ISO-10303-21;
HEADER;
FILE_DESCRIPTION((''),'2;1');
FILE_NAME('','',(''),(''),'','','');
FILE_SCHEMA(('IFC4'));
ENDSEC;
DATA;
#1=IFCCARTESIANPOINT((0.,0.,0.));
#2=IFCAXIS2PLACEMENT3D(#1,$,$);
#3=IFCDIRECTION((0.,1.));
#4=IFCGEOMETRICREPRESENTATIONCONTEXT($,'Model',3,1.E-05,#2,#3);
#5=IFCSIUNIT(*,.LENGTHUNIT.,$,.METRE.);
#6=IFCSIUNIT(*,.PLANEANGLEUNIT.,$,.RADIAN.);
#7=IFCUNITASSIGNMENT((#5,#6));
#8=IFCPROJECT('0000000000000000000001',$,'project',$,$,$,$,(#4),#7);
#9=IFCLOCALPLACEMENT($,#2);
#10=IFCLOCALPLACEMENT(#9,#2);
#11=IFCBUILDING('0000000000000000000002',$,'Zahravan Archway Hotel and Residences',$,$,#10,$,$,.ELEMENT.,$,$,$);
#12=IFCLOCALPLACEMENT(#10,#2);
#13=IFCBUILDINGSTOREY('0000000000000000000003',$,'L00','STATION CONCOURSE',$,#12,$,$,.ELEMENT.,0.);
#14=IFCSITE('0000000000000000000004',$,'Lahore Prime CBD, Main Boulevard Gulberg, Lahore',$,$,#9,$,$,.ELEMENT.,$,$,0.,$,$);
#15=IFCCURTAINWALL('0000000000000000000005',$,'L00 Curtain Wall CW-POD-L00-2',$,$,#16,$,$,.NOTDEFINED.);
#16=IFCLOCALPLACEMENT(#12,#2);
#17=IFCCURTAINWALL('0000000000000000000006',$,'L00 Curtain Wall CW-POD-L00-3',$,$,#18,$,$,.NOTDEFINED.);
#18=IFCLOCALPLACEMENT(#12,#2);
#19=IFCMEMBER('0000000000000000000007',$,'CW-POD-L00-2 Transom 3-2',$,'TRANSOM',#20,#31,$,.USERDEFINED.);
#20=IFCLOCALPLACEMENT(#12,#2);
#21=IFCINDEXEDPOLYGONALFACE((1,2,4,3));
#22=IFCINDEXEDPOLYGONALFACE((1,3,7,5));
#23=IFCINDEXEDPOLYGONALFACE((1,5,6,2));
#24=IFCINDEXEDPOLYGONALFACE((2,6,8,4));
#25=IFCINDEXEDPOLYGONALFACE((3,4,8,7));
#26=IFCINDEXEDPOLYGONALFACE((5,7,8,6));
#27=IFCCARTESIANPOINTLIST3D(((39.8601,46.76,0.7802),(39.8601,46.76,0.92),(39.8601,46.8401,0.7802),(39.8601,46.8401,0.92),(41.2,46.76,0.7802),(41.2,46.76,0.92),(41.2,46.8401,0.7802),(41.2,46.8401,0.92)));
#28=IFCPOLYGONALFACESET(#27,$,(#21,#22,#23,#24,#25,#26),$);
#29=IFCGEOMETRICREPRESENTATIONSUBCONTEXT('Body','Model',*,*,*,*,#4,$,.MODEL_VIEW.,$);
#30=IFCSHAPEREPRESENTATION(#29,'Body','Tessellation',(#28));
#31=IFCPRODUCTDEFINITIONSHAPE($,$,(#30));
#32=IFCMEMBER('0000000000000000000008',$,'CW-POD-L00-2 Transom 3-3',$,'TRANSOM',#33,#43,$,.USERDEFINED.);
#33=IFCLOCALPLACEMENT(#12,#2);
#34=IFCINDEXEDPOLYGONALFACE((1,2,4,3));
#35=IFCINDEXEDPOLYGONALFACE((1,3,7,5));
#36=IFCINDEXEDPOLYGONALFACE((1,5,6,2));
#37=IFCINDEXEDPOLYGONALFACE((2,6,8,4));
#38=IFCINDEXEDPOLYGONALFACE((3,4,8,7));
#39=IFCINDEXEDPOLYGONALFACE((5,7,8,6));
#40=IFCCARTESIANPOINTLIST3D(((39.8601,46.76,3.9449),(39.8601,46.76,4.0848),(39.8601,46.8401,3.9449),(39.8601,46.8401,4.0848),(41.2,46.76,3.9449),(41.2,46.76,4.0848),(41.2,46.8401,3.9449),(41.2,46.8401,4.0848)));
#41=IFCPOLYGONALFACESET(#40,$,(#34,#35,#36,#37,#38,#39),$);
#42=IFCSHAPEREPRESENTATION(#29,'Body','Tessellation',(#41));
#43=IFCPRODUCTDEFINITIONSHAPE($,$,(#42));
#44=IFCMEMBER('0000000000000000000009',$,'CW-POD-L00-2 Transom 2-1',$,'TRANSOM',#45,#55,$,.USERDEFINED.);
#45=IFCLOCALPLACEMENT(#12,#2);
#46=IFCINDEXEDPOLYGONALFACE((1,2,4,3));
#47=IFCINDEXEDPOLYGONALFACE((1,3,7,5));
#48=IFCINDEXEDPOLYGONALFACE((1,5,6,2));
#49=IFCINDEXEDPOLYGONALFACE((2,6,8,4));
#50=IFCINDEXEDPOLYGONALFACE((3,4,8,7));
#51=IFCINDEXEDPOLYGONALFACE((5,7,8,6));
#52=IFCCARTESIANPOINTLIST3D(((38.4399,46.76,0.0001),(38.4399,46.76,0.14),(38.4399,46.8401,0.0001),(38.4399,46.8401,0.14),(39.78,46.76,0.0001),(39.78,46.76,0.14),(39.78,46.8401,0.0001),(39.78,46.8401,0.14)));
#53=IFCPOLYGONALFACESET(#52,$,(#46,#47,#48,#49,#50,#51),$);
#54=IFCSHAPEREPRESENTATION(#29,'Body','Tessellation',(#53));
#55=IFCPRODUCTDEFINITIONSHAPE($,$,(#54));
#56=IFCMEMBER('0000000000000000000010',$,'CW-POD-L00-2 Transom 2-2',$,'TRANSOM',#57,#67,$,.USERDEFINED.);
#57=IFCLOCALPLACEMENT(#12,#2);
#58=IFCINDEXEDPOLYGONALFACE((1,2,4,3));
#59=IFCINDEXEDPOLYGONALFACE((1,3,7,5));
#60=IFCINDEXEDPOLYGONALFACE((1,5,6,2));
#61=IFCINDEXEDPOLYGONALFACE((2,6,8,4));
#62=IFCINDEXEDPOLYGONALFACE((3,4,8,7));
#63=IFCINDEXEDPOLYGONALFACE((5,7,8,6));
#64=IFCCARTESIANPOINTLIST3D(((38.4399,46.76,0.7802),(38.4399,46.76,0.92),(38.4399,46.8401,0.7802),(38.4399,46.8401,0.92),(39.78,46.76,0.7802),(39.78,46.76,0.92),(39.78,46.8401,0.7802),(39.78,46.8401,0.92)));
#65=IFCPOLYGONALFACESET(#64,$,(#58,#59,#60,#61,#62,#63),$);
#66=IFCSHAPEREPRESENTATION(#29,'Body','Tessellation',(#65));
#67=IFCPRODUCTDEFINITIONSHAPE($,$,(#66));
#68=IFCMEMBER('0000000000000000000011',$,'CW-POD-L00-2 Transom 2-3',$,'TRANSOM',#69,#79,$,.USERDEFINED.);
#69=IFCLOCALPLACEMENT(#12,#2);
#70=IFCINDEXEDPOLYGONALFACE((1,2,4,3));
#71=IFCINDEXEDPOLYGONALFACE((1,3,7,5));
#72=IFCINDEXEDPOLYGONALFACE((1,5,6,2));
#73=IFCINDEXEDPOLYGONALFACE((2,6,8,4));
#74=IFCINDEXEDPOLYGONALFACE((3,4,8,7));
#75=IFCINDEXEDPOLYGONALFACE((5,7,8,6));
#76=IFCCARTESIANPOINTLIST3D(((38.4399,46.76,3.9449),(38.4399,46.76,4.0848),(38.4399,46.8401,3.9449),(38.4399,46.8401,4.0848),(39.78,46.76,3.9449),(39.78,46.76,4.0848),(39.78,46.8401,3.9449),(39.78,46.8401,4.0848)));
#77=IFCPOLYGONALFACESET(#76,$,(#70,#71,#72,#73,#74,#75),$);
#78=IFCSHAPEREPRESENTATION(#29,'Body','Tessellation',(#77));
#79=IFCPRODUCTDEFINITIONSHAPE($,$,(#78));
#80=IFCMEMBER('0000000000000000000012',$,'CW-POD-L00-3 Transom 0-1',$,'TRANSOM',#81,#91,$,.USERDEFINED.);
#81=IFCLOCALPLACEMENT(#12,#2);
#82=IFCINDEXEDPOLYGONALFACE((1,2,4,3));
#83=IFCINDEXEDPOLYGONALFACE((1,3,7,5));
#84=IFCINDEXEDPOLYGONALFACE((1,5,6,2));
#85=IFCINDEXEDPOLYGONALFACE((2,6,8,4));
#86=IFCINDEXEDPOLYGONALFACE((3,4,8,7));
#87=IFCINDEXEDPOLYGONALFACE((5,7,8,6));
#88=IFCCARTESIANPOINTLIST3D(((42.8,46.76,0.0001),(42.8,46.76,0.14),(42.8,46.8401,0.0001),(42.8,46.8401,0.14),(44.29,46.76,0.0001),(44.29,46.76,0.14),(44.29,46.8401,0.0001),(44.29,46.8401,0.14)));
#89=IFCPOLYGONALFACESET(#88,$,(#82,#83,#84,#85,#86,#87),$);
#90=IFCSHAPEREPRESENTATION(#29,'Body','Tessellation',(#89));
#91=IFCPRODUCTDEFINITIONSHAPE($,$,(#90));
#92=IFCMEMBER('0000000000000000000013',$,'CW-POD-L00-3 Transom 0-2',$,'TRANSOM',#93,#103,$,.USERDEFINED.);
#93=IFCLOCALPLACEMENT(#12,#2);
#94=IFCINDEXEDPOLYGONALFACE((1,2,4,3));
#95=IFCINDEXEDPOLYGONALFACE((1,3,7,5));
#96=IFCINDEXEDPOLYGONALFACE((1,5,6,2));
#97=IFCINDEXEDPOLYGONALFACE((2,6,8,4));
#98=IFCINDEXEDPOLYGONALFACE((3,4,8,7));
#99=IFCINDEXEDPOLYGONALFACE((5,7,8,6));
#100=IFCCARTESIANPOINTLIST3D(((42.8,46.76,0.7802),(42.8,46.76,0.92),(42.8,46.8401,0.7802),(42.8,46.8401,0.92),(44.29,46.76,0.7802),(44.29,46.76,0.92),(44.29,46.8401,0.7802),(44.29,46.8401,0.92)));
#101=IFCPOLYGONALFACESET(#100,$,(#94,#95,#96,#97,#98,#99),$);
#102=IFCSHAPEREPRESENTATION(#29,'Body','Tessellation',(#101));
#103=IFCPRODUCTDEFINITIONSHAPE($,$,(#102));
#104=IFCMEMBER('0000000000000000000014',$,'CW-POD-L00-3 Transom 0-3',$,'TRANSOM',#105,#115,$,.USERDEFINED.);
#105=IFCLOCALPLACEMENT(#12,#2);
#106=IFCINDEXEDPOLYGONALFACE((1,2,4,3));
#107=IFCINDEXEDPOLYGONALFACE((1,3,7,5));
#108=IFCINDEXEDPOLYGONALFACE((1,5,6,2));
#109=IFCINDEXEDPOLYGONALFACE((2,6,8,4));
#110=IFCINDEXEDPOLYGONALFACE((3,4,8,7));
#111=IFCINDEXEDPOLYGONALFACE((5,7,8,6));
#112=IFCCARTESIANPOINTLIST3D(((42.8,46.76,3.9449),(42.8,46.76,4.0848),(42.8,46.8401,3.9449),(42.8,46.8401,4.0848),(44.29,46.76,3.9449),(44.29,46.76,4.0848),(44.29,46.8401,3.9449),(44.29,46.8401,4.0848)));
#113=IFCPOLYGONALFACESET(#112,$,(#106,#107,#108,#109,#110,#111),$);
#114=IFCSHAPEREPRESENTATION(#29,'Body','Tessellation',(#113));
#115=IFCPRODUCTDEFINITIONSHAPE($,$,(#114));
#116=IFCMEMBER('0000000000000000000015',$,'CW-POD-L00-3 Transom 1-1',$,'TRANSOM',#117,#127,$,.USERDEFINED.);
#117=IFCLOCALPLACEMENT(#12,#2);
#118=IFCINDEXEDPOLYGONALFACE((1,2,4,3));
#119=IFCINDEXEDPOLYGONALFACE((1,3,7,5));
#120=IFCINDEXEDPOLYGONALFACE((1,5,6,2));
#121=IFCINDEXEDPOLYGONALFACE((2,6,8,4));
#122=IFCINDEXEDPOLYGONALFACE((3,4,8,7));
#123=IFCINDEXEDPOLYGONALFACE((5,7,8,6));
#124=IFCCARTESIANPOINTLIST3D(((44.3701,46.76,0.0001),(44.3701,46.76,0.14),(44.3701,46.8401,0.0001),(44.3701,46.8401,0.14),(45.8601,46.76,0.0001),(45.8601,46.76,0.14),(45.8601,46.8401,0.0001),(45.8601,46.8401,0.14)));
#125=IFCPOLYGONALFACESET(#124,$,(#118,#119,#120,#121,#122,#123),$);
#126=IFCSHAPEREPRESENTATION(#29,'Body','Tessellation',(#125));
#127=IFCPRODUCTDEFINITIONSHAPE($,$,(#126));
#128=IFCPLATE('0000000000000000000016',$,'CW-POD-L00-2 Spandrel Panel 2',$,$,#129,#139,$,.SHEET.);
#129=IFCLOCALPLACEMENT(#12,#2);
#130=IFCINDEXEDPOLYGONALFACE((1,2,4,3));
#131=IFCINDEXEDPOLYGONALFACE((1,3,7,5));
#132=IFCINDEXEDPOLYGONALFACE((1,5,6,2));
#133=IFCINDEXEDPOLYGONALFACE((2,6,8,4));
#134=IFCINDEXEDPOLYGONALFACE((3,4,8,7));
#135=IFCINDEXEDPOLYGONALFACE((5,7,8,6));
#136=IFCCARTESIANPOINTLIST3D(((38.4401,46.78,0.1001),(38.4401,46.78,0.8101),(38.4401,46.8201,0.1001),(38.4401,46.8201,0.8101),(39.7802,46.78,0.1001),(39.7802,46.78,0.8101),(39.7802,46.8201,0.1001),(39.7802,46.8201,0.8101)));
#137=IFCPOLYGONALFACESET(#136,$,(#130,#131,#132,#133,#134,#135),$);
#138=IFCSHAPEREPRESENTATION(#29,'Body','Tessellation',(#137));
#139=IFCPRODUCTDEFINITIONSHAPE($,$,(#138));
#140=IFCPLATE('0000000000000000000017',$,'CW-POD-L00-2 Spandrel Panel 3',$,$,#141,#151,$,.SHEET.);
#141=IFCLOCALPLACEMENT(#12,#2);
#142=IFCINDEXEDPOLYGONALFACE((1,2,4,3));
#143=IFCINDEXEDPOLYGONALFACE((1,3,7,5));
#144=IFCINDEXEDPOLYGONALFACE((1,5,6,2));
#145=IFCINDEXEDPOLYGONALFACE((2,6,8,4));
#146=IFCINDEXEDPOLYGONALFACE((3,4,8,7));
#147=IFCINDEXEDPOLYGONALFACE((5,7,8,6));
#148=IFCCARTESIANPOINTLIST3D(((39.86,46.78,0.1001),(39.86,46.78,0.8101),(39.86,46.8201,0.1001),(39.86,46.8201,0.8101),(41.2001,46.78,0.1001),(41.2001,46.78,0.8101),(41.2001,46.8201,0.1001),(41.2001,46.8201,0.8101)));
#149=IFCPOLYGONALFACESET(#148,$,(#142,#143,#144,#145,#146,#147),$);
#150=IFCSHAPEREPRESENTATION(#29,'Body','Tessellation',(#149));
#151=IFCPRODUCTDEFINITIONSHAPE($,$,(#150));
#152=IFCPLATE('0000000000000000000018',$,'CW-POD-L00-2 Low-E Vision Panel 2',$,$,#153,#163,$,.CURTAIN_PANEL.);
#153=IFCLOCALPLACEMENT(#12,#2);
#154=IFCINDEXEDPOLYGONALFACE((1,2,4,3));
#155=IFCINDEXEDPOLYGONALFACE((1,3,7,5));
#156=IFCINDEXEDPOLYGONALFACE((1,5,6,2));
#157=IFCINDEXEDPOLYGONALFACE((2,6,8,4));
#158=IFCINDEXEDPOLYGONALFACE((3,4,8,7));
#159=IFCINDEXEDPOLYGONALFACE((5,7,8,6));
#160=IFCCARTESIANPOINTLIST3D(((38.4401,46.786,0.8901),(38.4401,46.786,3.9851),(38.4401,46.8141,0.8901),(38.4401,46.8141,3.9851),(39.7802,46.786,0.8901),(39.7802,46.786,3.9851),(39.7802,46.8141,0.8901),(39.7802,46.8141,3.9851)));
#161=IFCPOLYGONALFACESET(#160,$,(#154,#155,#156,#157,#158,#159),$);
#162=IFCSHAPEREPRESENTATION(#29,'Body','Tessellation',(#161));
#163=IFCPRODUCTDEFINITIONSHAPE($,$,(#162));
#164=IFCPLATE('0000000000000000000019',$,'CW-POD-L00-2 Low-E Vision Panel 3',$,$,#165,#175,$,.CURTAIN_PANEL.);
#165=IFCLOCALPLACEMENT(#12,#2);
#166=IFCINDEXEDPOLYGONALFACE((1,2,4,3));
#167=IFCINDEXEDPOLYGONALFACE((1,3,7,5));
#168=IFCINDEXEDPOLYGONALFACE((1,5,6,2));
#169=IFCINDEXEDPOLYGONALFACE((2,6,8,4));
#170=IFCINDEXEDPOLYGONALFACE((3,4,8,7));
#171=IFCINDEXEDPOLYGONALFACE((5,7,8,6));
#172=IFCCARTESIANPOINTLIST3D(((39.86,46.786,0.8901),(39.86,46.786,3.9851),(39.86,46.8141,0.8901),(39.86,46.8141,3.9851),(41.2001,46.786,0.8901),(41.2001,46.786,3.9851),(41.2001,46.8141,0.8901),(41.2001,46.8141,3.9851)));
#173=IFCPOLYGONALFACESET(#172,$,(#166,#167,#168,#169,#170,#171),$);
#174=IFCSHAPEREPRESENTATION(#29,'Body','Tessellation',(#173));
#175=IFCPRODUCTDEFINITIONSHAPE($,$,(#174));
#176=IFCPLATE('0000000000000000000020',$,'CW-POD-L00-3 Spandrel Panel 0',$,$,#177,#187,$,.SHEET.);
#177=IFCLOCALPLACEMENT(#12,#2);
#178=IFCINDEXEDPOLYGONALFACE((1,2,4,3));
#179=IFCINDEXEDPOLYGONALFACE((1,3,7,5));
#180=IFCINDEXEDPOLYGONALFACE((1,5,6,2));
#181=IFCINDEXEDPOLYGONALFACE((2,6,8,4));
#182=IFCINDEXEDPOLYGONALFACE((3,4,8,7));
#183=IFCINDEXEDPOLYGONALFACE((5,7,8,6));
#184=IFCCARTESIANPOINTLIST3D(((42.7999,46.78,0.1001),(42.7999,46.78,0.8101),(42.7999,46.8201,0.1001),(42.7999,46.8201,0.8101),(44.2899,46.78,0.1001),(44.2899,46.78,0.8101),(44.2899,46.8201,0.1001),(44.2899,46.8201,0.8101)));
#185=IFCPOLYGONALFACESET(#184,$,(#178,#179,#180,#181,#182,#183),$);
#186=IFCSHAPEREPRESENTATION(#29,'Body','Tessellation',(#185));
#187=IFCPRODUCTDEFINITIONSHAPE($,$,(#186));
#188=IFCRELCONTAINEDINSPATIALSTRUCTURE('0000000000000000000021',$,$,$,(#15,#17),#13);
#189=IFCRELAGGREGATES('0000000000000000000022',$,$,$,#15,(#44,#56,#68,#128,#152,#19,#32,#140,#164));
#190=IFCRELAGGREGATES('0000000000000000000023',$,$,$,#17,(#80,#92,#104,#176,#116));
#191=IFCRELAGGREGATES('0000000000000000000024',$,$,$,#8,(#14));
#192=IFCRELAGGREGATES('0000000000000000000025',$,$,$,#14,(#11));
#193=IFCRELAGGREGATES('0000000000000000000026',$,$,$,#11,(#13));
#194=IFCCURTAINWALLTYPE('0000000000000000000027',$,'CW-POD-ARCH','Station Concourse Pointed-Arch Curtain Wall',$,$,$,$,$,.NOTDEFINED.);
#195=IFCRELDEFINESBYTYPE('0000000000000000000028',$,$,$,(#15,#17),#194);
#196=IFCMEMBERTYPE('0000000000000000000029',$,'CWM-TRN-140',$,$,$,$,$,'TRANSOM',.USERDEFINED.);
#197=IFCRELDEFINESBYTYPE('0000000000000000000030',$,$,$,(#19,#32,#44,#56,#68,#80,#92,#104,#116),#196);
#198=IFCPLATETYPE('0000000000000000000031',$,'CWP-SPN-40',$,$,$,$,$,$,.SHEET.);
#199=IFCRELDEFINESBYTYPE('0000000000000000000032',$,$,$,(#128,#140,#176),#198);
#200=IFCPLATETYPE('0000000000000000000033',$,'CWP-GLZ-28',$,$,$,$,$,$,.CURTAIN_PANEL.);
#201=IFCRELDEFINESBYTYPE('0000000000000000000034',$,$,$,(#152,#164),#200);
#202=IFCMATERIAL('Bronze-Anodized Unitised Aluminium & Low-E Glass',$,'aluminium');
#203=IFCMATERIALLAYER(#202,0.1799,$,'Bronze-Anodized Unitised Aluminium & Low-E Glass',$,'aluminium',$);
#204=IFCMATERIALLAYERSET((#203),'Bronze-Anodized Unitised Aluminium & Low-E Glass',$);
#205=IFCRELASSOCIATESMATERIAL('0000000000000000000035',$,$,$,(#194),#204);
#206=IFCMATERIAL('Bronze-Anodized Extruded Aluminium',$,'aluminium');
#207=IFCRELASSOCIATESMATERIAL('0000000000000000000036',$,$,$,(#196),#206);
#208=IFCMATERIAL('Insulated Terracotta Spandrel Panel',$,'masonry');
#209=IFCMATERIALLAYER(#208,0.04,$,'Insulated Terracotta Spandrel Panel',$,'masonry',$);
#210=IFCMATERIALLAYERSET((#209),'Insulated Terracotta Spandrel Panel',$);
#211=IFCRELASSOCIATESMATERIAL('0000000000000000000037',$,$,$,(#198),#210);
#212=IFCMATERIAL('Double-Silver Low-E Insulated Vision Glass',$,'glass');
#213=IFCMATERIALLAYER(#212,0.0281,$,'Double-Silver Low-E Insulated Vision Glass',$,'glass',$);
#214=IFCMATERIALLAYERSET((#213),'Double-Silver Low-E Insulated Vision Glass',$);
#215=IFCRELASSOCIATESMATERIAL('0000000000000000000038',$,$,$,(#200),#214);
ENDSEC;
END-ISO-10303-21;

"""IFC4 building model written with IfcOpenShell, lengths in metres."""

from ifc_helpers import new_model, si_unit, direction, frame, origin, origin_2d, place, context, subcontext, project, spatial, rectangle, extrude, source, transform, mapped, material, layer, layer_set, material_profile, profile_set, type_object, element, aggregate, save


model = new_model("IFC4")

# Units and contexts
model_context = context("Model", 3, precision=1e-05, world=origin(), true_north=direction((0.0, 1.0)))
body_context = subcontext(model_context, "Body", "Model", "MODEL_VIEW")
ifc_project = project(units=[si_unit("LENGTHUNIT", "METRE"), si_unit("PLANEANGLEUNIT", "RADIAN")], contexts=[model_context])

# Site, building, storey
site_placement = place(None, origin())
site = spatial("IfcSite", under=ifc_project, at=site_placement, Name="Lahore Prime CBD, Main Boulevard Gulberg, Lahore", CompositionType="ELEMENT", RefElevation=0.0)
building_placement = place(site_placement, origin())
building = spatial("IfcBuilding", under=site, at=building_placement, Name="Zahravan Archway Hotel and Residences", CompositionType="ELEMENT")
storey_placement = place(building_placement, origin())
storey = spatial("IfcBuildingStorey", under=building, at=storey_placement, Name="L00", Description="STATION CONCOURSE", CompositionType="ELEMENT", Elevation=0.0)

# Curtain walls
ifc_material_1 = material(Name="Bronze-Anodized Unitised Aluminium & Low-E Glass", Category="aluminium")
ifc_layer_1 = layer(ifc_material_1, 0.1799, Name="Bronze-Anodized Unitised Aluminium & Low-E Glass", Category="aluminium")
ifc_layer_set_1 = layer_set([ifc_layer_1], Name="Bronze-Anodized Unitised Aluminium & Low-E Glass")
curtain_wall_type = type_object("IfcCurtainWallType", Name="CW-POD-ARCH", Description="Station Concourse Pointed-Arch Curtain Wall", PredefinedType="NOTDEFINED", material=ifc_layer_set_1)
curtain_wall_1_placement = place(storey_placement, origin())
curtain_wall_1 = element("IfcCurtainWall", 1, at=curtain_wall_1_placement, inside=storey, type_object=curtain_wall_type, Name="L00 Curtain Wall CW-POD-L00-2", PredefinedType="NOTDEFINED")
ifc_material_2 = material(Name="Bronze-Anodized Extruded Aluminium", Category="aluminium")
curtain_wall_2_placement = place(storey_placement, origin())
curtain_wall_2 = element("IfcCurtainWall", 2, at=curtain_wall_2_placement, inside=storey, type_object=curtain_wall_type, Name="L00 Curtain Wall CW-POD-L00-3", PredefinedType="NOTDEFINED")

# Members
ifc_material_profile_1 = material_profile(ifc_material_2, rectangle(XDim=0.0801, YDim=0.1399, at=origin_2d()), Name="TRN 80x140", Category="aluminium")
ifc_profile_set_1 = profile_set([ifc_material_profile_1], Name="Bronze-Anodized Extruded Aluminium")
member_type_1 = type_object("IfcMemberType", Name="CWM-TRN-140", ElementType="TRANSOM", PredefinedType="USERDEFINED", material=ifc_profile_set_1)
shared_shape_1 = source(origin(), body_context, "Body", "SweptSolid", [
    extrude(rectangle(XDim=0.0801, YDim=0.1399, at=origin_2d()), origin(), (0.0, 0.0, 1.0), 1.3398),
])
member_1_placement = place(storey_placement, frame((39.8601, 46.8, 0.8501), z_axis=(1.0, 0.0, 0.0), x_axis=(0.0, 1.0, 0.0)))
member_1 = element("IfcMember", 3, at=member_1_placement, type_object=member_type_1, Name="CW-POD-L00-2 Transom 3-2", ObjectType="TRANSOM", PredefinedType="USERDEFINED", context=body_context, shape_type="MappedRepresentation", body=[
    mapped(shared_shape_1, transform((0.0, 0.0, 0.0), scale=1.0)),
])
member_2_placement = place(storey_placement, frame((39.8601, 46.8, 4.0149), z_axis=(1.0, 0.0, 0.0), x_axis=(0.0, 1.0, 0.0)))
member_2 = element("IfcMember", 4, at=member_2_placement, type_object=member_type_1, Name="CW-POD-L00-2 Transom 3-3", ObjectType="TRANSOM", PredefinedType="USERDEFINED", context=body_context, shape_type="MappedRepresentation", body=[
    mapped(shared_shape_1, transform((0.0, 0.0, 0.0), scale=1.0)),
])
shared_shape_2 = source(origin(), body_context, "Body", "SweptSolid", [
    extrude(rectangle(XDim=0.0801, YDim=0.1399, at=origin_2d()), origin(), (0.0, 0.0, 1.0), 1.3401),
])
member_3_placement = place(storey_placement, frame((38.4399, 46.8, 0.0701), z_axis=(1.0, 0.0, 0.0), x_axis=(0.0, 1.0, 0.0)))
member_3 = element("IfcMember", 5, at=member_3_placement, type_object=member_type_1, Name="CW-POD-L00-2 Transom 2-1", ObjectType="TRANSOM", PredefinedType="USERDEFINED", context=body_context, shape_type="MappedRepresentation", body=[
    mapped(shared_shape_2, transform((0.0, 0.0, 0.0), scale=1.0)),
])
member_4_placement = place(storey_placement, frame((38.4399, 46.8, 0.8501), z_axis=(1.0, 0.0, 0.0), x_axis=(0.0, 1.0, 0.0)))
member_4 = element("IfcMember", 6, at=member_4_placement, type_object=member_type_1, Name="CW-POD-L00-2 Transom 2-2", ObjectType="TRANSOM", PredefinedType="USERDEFINED", context=body_context, shape_type="MappedRepresentation", body=[
    mapped(shared_shape_2, transform((0.0, 0.0, 0.0), scale=1.0)),
])
member_5_placement = place(storey_placement, frame((38.4399, 46.8, 4.0149), z_axis=(1.0, 0.0, 0.0), x_axis=(0.0, 1.0, 0.0)))
member_5 = element("IfcMember", 7, at=member_5_placement, type_object=member_type_1, Name="CW-POD-L00-2 Transom 2-3", ObjectType="TRANSOM", PredefinedType="USERDEFINED", context=body_context, shape_type="MappedRepresentation", body=[
    mapped(shared_shape_2, transform((0.0, 0.0, 0.0), scale=1.0)),
])
shared_shape_3 = source(origin(), body_context, "Body", "SweptSolid", [
    extrude(rectangle(XDim=0.0801, YDim=0.1399, at=origin_2d()), origin(), (0.0, 0.0, 1.0), 1.49),
])
member_6_placement = place(storey_placement, frame((42.8, 46.8, 0.0701), z_axis=(1.0, 0.0, 0.0), x_axis=(0.0, 1.0, 0.0)))
member_6 = element("IfcMember", 8, at=member_6_placement, type_object=member_type_1, Name="CW-POD-L00-3 Transom 0-1", ObjectType="TRANSOM", PredefinedType="USERDEFINED", context=body_context, shape_type="MappedRepresentation", body=[
    mapped(shared_shape_3, transform((0.0, 0.0, 0.0), scale=1.0)),
])
member_7_placement = place(storey_placement, frame((42.8, 46.8, 0.8501), z_axis=(1.0, 0.0, 0.0), x_axis=(0.0, 1.0, 0.0)))
member_7 = element("IfcMember", 9, at=member_7_placement, type_object=member_type_1, Name="CW-POD-L00-3 Transom 0-2", ObjectType="TRANSOM", PredefinedType="USERDEFINED", context=body_context, shape_type="MappedRepresentation", body=[
    mapped(shared_shape_3, transform((0.0, 0.0, 0.0), scale=1.0)),
])
member_8_placement = place(storey_placement, frame((42.8, 46.8, 4.0149), z_axis=(1.0, 0.0, 0.0), x_axis=(0.0, 1.0, 0.0)))
member_8 = element("IfcMember", 10, at=member_8_placement, type_object=member_type_1, Name="CW-POD-L00-3 Transom 0-3", ObjectType="TRANSOM", PredefinedType="USERDEFINED", context=body_context, shape_type="MappedRepresentation", body=[
    mapped(shared_shape_3, transform((0.0, 0.0, 0.0), scale=1.0)),
])
member_9_placement = place(storey_placement, frame((44.3701, 46.8, 0.0701), z_axis=(1.0, 0.0, 0.0), x_axis=(0.0, 1.0, 0.0)))
member_9 = element("IfcMember", 11, at=member_9_placement, type_object=member_type_1, Name="CW-POD-L00-3 Transom 1-1", ObjectType="TRANSOM", PredefinedType="USERDEFINED", context=body_context, shape_type="MappedRepresentation", body=[
    mapped(shared_shape_3, transform((0.0, 0.0, 0.0), scale=1.0)),
])

# Plates
ifc_material_3 = material(Name="Insulated Terracotta Spandrel Panel", Category="masonry")
ifc_layer_2 = layer(ifc_material_3, 0.04, Name="Insulated Terracotta Spandrel Panel", Category="masonry")
ifc_layer_set_2 = layer_set([ifc_layer_2], Name="Insulated Terracotta Spandrel Panel")
plate_type_1 = type_object("IfcPlateType", Name="CWP-SPN-40", PredefinedType="SHEET", material=ifc_layer_set_2)
shared_shape_4 = source(origin(), body_context, "Body", "SweptSolid", [
    extrude(rectangle(XDim=1.3401, YDim=0.04, at=origin_2d()), origin(), (0.0, 0.0, 1.0), 0.71),
])
plate_1_placement = place(storey_placement, frame((39.1101, 46.8, 0.1001), z_axis=(0.0, 0.0, 1.0), x_axis=(1.0, 0.0, 0.0)))
plate_1 = element("IfcPlate", 12, at=plate_1_placement, type_object=plate_type_1, Name="CW-POD-L00-2 Spandrel Panel 2", PredefinedType="SHEET", context=body_context, shape_type="MappedRepresentation", body=[
    mapped(shared_shape_4, transform((0.0, 0.0, 0.0), scale=1.0)),
])
plate_2_placement = place(storey_placement, frame((40.53, 46.8, 0.1001), z_axis=(0.0, 0.0, 1.0), x_axis=(1.0, 0.0, 0.0)))
plate_2 = element("IfcPlate", 13, at=plate_2_placement, type_object=plate_type_1, Name="CW-POD-L00-2 Spandrel Panel 3", PredefinedType="SHEET", context=body_context, shape_type="MappedRepresentation", body=[
    mapped(shared_shape_4, transform((0.0, 0.0, 0.0), scale=1.0)),
])
ifc_material_4 = material(Name="Double-Silver Low-E Insulated Vision Glass", Category="glass")
ifc_layer_3 = layer(ifc_material_4, 0.0281, Name="Double-Silver Low-E Insulated Vision Glass", Category="glass")
ifc_layer_set_3 = layer_set([ifc_layer_3], Name="Double-Silver Low-E Insulated Vision Glass")
plate_type_2 = type_object("IfcPlateType", Name="CWP-GLZ-28", PredefinedType="CURTAIN_PANEL", material=ifc_layer_set_3)
shared_shape_5 = source(origin(), body_context, "Body", "SweptSolid", [
    extrude(rectangle(XDim=1.3401, YDim=0.0281, at=origin_2d()), origin(), (0.0, 0.0, 1.0), 3.095),
])
plate_3_placement = place(storey_placement, frame((39.1101, 46.8, 0.8901), z_axis=(0.0, 0.0, 1.0), x_axis=(1.0, 0.0, 0.0)))
plate_3 = element("IfcPlate", 14, at=plate_3_placement, type_object=plate_type_2, Name="CW-POD-L00-2 Low-E Vision Panel 2", PredefinedType="CURTAIN_PANEL", context=body_context, shape_type="MappedRepresentation", body=[
    mapped(shared_shape_5, transform((0.0, 0.0, 0.0), scale=1.0)),
])
plate_4_placement = place(storey_placement, frame((40.53, 46.8, 0.8901), z_axis=(0.0, 0.0, 1.0), x_axis=(1.0, 0.0, 0.0)))
plate_4 = element("IfcPlate", 15, at=plate_4_placement, type_object=plate_type_2, Name="CW-POD-L00-2 Low-E Vision Panel 3", PredefinedType="CURTAIN_PANEL", context=body_context, shape_type="MappedRepresentation", body=[
    mapped(shared_shape_5, transform((0.0, 0.0, 0.0), scale=1.0)),
])
aggregate(curtain_wall_1, [member_3, member_4, member_5, plate_1, plate_3, member_1, member_2, plate_2, plate_4])
shared_shape_6 = source(origin(), body_context, "Body", "SweptSolid", [
    extrude(rectangle(XDim=1.49, YDim=0.04, at=origin_2d()), origin(), (0.0, 0.0, 1.0), 0.71),
])
plate_5_placement = place(storey_placement, frame((43.5449, 46.8, 0.1001), z_axis=(0.0, 0.0, 1.0), x_axis=(1.0, 0.0, 0.0)))
plate_5 = element("IfcPlate", 16, at=plate_5_placement, type_object=plate_type_1, Name="CW-POD-L00-3 Spandrel Panel 0", PredefinedType="SHEET", context=body_context, shape_type="MappedRepresentation", body=[
    mapped(shared_shape_6, transform((0.0, 0.0, 0.0), scale=1.0)),
])
aggregate(curtain_wall_2, [member_6, member_7, member_8, plate_5, member_9])

save(model, "model.ifc")
